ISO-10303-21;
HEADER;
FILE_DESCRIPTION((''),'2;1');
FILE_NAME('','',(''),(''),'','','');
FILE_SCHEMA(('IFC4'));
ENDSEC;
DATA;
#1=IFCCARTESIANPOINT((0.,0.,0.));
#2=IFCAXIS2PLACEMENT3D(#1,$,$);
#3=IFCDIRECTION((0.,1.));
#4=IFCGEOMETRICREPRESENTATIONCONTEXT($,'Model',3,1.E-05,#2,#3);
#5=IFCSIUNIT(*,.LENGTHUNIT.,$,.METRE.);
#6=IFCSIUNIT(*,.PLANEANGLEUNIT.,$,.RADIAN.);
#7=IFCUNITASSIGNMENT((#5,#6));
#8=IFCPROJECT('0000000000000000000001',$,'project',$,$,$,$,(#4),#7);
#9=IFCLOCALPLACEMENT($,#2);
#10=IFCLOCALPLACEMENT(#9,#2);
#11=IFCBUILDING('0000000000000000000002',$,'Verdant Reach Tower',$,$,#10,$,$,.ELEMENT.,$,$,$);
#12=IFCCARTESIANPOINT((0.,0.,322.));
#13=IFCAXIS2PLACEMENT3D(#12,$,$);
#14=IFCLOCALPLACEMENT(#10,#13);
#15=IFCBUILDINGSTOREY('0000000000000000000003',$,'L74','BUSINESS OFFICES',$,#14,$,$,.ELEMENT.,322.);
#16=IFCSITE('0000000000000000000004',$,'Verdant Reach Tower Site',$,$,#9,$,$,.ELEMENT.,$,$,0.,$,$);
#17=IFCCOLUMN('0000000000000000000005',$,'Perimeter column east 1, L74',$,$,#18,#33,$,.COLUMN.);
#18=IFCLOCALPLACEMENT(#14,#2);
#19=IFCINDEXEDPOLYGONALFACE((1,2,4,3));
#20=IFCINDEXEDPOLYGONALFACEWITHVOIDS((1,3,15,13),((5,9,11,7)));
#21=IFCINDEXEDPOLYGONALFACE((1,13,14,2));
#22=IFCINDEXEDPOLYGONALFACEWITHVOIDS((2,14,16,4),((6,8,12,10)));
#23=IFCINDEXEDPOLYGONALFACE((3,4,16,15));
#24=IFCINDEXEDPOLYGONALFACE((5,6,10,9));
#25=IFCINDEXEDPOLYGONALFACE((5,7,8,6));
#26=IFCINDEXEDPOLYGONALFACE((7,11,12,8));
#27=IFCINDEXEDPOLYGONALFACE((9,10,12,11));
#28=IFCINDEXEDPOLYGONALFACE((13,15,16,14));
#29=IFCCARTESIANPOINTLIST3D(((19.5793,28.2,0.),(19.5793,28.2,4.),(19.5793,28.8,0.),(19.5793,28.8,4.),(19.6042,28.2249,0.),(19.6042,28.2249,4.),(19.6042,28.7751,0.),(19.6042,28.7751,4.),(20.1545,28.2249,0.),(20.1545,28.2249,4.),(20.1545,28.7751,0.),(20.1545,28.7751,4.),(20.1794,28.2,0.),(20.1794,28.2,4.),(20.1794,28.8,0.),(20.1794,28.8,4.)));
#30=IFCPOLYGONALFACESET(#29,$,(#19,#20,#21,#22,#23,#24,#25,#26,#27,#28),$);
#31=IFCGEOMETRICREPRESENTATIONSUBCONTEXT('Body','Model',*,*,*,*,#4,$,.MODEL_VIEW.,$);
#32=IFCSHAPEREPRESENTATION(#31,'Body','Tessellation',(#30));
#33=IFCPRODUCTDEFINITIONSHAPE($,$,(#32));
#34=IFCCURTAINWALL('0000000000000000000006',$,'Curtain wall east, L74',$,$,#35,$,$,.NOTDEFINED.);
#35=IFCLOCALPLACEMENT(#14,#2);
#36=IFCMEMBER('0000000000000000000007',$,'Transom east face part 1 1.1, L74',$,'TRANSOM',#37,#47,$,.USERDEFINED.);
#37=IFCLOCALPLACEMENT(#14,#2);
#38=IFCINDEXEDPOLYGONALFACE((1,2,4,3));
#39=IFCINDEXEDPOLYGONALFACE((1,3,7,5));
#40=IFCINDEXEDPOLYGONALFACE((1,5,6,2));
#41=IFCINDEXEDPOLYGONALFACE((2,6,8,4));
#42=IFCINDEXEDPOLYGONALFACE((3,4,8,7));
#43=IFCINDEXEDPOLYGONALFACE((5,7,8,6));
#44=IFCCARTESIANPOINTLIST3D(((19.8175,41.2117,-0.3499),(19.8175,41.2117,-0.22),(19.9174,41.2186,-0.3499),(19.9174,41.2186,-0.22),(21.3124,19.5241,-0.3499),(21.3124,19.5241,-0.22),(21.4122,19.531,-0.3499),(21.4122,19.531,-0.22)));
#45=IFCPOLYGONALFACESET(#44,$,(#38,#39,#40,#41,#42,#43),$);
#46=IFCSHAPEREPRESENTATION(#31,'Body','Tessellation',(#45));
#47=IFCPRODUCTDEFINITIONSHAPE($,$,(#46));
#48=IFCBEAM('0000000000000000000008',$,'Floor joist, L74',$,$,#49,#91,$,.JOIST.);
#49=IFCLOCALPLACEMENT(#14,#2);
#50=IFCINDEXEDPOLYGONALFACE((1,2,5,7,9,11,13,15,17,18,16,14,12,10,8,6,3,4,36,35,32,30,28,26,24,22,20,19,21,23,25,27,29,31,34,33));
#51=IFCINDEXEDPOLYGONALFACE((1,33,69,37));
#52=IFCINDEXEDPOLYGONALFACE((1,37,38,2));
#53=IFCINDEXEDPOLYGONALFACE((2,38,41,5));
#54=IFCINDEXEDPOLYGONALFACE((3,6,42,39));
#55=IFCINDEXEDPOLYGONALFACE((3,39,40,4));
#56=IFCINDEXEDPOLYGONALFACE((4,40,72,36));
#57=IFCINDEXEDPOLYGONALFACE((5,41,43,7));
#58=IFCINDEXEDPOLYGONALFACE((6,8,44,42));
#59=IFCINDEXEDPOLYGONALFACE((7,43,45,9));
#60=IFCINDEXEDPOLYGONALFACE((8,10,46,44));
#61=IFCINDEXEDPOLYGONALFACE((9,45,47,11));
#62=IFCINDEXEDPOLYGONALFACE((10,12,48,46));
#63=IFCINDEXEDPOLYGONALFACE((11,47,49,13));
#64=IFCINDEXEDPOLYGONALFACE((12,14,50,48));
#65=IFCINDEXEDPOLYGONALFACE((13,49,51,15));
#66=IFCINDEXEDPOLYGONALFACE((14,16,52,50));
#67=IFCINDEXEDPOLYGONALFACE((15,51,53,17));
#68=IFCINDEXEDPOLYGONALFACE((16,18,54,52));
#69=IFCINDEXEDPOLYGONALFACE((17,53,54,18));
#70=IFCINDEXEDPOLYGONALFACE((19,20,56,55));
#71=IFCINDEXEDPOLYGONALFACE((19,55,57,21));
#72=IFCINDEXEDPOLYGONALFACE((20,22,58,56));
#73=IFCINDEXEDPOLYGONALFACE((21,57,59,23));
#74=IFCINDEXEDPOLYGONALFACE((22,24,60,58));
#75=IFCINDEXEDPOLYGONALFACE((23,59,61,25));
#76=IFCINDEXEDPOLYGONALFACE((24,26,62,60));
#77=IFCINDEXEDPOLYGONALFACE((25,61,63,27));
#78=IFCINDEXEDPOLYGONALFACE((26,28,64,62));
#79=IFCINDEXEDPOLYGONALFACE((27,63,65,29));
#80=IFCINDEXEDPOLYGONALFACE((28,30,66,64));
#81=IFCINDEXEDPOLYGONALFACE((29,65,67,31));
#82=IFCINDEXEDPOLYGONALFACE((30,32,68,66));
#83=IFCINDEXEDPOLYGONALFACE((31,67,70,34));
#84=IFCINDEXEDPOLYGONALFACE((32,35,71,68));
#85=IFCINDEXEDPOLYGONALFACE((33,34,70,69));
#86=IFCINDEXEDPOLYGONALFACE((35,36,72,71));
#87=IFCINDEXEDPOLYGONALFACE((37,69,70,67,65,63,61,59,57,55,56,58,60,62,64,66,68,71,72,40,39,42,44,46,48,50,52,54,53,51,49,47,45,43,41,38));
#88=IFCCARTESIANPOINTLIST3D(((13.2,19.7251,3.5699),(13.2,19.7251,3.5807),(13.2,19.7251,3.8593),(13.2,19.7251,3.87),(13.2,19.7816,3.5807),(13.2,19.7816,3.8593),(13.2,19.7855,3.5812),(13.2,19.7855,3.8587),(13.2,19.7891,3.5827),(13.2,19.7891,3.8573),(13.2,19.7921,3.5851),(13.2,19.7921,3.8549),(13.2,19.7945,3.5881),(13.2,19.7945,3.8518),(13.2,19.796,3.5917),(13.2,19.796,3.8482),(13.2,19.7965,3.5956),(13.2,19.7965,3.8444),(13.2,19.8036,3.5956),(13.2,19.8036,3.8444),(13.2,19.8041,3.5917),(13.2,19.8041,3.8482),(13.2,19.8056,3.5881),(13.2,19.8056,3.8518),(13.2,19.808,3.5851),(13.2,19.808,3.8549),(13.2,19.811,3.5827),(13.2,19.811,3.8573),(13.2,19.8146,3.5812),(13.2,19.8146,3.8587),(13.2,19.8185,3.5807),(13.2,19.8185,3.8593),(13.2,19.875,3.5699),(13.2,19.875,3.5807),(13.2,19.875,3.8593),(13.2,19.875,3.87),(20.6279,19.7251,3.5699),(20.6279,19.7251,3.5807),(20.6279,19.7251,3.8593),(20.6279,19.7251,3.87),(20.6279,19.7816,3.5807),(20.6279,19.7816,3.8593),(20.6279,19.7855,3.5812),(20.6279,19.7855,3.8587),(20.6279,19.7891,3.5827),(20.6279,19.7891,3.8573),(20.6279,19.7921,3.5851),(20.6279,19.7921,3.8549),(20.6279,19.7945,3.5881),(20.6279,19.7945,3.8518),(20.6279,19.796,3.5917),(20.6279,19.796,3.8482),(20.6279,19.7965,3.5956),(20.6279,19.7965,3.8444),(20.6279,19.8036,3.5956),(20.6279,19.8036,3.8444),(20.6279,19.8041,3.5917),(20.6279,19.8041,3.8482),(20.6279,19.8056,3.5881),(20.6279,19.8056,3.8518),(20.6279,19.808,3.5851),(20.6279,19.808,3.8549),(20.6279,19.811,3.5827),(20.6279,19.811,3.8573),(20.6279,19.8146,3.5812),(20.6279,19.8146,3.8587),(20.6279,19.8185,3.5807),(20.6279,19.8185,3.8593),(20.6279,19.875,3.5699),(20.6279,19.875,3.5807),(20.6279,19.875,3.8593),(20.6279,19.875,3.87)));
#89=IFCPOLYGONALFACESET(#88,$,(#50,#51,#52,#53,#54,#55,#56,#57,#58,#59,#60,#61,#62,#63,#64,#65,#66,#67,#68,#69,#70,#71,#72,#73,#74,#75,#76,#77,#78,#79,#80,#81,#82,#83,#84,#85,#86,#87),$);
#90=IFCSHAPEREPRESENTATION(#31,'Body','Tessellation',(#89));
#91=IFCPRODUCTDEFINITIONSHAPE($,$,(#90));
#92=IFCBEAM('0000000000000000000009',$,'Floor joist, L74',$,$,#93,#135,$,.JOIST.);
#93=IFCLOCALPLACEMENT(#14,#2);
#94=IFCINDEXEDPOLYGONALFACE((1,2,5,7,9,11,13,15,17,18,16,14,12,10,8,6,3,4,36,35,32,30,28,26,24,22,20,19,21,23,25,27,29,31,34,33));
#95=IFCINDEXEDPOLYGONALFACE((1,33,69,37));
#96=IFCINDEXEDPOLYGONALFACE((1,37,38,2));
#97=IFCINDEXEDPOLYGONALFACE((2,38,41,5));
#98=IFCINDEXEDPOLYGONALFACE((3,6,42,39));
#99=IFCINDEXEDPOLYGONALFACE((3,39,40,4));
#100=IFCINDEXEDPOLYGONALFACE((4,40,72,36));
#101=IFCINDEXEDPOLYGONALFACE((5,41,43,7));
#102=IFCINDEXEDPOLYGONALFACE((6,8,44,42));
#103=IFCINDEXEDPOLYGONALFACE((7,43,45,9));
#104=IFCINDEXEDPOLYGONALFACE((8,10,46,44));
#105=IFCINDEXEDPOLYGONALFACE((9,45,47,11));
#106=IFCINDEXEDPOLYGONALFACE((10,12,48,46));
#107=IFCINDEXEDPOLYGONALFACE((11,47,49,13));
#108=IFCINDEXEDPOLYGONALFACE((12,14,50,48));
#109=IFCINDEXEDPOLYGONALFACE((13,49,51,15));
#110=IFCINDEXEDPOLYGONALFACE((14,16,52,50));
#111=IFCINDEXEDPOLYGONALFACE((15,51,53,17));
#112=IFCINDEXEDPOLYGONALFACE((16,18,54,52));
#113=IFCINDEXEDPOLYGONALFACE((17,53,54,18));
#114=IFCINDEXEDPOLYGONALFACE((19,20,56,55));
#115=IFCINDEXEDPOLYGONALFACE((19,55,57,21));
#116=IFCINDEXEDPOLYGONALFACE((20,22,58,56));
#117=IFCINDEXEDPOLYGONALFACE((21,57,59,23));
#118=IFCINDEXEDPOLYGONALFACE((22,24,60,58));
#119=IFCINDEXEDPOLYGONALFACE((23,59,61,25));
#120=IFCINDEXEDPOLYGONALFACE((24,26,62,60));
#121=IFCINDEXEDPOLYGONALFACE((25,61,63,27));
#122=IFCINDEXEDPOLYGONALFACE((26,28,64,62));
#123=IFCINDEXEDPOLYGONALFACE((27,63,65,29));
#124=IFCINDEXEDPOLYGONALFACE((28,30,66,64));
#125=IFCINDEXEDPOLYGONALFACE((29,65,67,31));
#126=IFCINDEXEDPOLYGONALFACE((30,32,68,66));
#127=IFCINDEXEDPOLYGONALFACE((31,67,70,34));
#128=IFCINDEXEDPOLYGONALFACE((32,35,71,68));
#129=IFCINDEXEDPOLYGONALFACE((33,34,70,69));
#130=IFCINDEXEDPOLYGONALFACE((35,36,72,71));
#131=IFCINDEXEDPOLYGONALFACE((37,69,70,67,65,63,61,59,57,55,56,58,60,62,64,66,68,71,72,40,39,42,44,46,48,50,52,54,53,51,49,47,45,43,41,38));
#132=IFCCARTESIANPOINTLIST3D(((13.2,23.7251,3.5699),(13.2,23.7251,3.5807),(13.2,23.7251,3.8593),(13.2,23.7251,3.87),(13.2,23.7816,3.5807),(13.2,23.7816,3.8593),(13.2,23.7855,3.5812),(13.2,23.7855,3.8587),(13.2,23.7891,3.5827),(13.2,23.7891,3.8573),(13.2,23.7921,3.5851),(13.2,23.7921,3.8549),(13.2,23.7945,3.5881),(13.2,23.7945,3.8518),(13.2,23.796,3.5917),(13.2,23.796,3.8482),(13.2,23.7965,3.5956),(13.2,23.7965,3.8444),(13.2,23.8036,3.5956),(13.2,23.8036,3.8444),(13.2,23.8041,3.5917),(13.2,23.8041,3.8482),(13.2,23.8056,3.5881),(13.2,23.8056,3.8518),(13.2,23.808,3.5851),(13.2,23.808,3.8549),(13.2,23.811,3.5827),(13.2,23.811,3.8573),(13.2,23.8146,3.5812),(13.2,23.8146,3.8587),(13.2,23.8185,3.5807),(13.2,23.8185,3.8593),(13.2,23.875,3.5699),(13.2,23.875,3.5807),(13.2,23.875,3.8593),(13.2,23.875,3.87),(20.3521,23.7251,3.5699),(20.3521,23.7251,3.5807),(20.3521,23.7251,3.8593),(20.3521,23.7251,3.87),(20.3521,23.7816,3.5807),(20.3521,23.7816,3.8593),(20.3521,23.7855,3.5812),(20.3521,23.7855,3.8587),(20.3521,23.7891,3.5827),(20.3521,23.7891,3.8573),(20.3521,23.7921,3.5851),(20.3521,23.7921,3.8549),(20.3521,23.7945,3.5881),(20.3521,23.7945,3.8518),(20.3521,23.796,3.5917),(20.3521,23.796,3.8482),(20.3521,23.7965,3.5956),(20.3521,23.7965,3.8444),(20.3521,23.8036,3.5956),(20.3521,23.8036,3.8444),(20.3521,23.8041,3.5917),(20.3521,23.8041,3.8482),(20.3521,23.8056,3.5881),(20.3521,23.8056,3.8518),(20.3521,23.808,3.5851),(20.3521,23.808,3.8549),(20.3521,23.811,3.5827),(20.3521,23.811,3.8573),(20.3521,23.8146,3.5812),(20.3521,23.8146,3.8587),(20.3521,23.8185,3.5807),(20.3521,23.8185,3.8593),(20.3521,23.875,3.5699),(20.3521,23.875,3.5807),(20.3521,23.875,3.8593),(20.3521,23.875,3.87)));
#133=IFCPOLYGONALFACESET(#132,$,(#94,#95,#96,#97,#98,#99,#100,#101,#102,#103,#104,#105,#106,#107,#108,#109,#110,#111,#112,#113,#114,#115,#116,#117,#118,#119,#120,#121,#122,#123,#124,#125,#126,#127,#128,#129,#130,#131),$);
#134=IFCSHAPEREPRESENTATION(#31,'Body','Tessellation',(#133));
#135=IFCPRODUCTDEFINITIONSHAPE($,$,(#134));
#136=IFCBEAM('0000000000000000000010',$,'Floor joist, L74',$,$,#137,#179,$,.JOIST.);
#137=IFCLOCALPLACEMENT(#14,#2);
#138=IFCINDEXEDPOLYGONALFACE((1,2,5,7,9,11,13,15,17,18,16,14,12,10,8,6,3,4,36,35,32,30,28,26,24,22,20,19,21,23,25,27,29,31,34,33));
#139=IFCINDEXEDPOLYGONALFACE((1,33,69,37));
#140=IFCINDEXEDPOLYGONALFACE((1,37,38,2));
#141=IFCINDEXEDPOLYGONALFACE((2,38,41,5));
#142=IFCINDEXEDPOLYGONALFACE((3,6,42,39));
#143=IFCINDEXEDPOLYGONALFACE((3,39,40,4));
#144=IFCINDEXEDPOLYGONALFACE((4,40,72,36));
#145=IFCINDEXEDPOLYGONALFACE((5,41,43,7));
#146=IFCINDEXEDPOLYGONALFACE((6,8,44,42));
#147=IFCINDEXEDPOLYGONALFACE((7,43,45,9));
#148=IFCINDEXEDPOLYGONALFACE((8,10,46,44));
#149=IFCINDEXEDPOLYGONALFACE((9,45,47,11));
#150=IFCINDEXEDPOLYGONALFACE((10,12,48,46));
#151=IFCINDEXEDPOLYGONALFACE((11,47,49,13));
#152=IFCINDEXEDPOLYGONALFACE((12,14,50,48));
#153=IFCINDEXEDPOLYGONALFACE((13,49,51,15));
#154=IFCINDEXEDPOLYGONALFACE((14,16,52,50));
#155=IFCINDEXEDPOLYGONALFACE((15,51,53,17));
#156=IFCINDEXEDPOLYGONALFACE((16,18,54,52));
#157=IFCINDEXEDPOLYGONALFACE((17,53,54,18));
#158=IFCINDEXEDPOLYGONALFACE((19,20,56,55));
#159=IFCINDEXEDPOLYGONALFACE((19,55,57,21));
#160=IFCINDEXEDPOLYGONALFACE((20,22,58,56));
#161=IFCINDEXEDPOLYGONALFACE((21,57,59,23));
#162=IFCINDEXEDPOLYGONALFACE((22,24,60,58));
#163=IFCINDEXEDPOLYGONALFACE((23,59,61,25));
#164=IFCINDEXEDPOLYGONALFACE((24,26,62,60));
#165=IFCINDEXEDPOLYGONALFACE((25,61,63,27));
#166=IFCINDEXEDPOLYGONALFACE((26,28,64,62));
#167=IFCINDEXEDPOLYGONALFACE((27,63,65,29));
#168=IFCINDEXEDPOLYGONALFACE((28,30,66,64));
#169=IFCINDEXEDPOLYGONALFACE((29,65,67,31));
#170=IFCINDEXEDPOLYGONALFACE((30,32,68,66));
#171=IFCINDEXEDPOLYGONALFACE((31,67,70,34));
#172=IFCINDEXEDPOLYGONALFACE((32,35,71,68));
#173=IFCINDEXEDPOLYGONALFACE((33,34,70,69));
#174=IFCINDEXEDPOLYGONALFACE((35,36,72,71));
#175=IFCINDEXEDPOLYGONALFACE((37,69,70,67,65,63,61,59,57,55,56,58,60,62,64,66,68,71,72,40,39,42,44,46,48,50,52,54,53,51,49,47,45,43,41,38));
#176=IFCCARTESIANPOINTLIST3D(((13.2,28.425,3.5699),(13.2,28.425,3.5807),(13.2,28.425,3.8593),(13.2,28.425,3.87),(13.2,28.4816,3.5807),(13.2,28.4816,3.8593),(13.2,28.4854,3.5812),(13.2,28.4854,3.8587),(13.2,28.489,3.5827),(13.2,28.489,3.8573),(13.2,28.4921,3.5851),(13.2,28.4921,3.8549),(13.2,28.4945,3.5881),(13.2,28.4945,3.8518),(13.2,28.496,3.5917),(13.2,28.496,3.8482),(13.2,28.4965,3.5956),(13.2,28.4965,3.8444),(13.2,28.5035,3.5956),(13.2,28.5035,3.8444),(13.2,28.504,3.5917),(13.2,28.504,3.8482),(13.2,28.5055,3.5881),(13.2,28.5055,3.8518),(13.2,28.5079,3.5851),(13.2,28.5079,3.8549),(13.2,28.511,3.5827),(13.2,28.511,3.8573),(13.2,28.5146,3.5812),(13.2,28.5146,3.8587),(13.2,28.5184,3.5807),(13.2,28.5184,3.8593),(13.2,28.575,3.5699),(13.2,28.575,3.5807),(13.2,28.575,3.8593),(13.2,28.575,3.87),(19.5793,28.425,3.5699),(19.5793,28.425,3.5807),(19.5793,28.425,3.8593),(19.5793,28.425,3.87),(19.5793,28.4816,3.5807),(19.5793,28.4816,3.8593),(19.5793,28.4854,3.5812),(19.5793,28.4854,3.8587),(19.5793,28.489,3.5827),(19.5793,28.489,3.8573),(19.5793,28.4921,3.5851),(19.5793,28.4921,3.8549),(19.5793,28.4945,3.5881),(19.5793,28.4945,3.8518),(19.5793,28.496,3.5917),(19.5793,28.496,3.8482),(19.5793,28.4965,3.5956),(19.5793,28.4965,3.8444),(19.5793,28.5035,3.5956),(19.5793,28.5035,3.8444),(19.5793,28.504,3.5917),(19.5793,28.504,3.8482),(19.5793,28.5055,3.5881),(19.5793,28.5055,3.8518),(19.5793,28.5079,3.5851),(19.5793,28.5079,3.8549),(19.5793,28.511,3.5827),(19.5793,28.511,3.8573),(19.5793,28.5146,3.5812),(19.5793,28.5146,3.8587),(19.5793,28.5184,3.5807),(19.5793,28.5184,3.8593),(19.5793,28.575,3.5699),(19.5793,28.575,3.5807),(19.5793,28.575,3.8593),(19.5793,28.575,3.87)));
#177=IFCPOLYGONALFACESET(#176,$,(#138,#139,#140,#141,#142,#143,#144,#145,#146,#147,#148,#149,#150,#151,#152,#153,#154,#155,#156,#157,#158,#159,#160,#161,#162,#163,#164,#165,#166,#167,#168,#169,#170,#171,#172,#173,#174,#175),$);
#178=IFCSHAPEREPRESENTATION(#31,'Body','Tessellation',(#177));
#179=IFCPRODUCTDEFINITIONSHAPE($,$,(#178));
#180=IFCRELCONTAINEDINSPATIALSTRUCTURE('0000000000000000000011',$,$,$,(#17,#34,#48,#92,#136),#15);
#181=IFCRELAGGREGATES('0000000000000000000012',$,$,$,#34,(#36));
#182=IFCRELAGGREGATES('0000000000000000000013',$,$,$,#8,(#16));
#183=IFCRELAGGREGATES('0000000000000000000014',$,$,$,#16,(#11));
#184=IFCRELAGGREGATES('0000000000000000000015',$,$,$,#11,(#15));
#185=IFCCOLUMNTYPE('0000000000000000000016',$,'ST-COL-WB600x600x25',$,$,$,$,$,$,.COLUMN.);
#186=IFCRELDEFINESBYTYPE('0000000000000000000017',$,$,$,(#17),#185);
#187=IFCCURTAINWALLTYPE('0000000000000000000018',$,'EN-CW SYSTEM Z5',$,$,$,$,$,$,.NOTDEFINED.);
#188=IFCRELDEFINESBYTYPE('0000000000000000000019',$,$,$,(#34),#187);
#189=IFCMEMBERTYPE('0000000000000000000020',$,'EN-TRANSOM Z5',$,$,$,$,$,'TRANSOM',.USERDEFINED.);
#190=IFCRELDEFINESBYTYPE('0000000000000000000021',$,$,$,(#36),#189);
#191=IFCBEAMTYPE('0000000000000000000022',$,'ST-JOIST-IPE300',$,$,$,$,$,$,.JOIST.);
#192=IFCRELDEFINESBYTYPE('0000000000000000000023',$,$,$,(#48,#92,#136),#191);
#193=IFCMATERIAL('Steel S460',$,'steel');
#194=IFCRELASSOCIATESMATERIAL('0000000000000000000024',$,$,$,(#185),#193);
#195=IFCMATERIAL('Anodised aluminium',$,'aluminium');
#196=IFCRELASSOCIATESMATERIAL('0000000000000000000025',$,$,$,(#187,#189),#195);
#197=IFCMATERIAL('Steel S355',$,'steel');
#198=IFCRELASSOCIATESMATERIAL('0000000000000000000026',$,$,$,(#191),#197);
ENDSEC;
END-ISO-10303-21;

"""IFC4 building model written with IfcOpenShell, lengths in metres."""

from ifc_helpers import new_model, si_unit, direction, frame, origin, origin_2d, place, context, subcontext, project, spatial, rectangle, hollow_rectangle, i_section, extrude, material, material_profile, profile_set, type_object, element, aggregate, save


model = new_model("IFC4")

# Units and contexts
model_context = context("Model", 3, precision=1e-05, world=origin(), true_north=direction((0.0, 1.0)))
body_context = subcontext(model_context, "Body", "Model", "MODEL_VIEW")
ifc_project = project(units=[si_unit("LENGTHUNIT", "METRE"), si_unit("PLANEANGLEUNIT", "RADIAN")], contexts=[model_context])

# Site, building, storey
site_placement = place(None, origin())
site = spatial("IfcSite", under=ifc_project, at=site_placement, Name="Verdant Reach Tower Site", CompositionType="ELEMENT", RefElevation=0.0)
building_placement = place(site_placement, origin())
building = spatial("IfcBuilding", under=site, at=building_placement, Name="Verdant Reach Tower", CompositionType="ELEMENT")
storey_placement = place(building_placement, frame((0.0, 0.0, 322.0)))
storey = spatial("IfcBuildingStorey", under=building, at=storey_placement, Name="L74", Description="BUSINESS OFFICES", CompositionType="ELEMENT", Elevation=322.0)

# Column
ifc_material_1 = material(Name="Steel S460", Category="steel")
ifc_material_profile_1 = material_profile(ifc_material_1, hollow_rectangle(XDim=0.6001, YDim=0.6001, WallThickness=0.0249, at=origin_2d()), Name="WB 600x600x25")
ifc_profile_set_1 = profile_set([ifc_material_profile_1], Name="Steel S460")
column_type = type_object("IfcColumnType", Name="ST-COL-WB600x600x25", PredefinedType="COLUMN", material=ifc_profile_set_1)
column_placement = place(storey_placement, frame((19.8794, 28.5, 0.0), z_axis=(0.0, 0.0, 1.0), x_axis=(1.0, 0.0, 0.0)))
element("IfcColumn", 1, at=column_placement, inside=storey, type_object=column_type, Name="Perimeter column east 1, L74", PredefinedType="COLUMN", context=body_context, shape_type="SweptSolid", body=[
    extrude(hollow_rectangle(XDim=0.6001, YDim=0.6001, WallThickness=0.0249, at=origin_2d()), origin(), (0.0, 0.0, 1.0), 4.0),
])

# Curtain wall, member
ifc_material_2 = material(Name="Anodised aluminium", Category="aluminium")
curtain_wall_type = type_object("IfcCurtainWallType", Name="EN-CW SYSTEM Z5", PredefinedType="NOTDEFINED", material=ifc_material_2)
curtain_wall_placement = place(storey_placement, origin())
curtain_wall = element("IfcCurtainWall", 2, at=curtain_wall_placement, inside=storey, type_object=curtain_wall_type, Name="Curtain wall east, L74", PredefinedType="NOTDEFINED")
ifc_material_profile_2 = material_profile(ifc_material_2, rectangle(XDim=0.1001, YDim=0.1299, at=origin_2d()), Name="Transom 130x100")
ifc_profile_set_2 = profile_set([ifc_material_profile_2], Name="Anodised aluminium")
member_type = type_object("IfcMemberType", Name="EN-TRANSOM Z5", ElementType="TRANSOM", PredefinedType="USERDEFINED", material=ifc_profile_set_2)
member_placement = place(storey_placement, frame((21.3623, 19.5276, -0.2849), z_axis=(-0.068765, 0.997633, 0.0), x_axis=(-0.997633, -0.068765, 0.0)))
member = element("IfcMember", 3, at=member_placement, type_object=member_type, Name="Transom east face part 1 1.1, L74", ObjectType="TRANSOM", PredefinedType="USERDEFINED", context=body_context, shape_type="SweptSolid", body=[
    extrude(rectangle(XDim=0.1001, YDim=0.1299, at=origin_2d()), origin(), (0.0, 0.0, 1.0), 21.739),
])

# Beams
ifc_material_3 = material(Name="Steel S355", Category="steel")
ifc_material_profile_3 = material_profile(ifc_material_3, i_section(OverallWidth=0.1499, OverallDepth=0.3, WebThickness=0.0071, FlangeThickness=0.0107, FilletRadius=0.0149, at=origin_2d()), Name="IPE 300")
ifc_profile_set_3 = profile_set([ifc_material_profile_3], Name="Steel S355")
beam_type_1 = type_object("IfcBeamType", Name="ST-JOIST-IPE300", PredefinedType="JOIST", material=ifc_profile_set_3)
beam_1_placement = place(storey_placement, frame((13.2, 19.8, 3.72), z_axis=(1.0, 0.0, 0.0), x_axis=(0.0, 1.0, 0.0)))
element("IfcBeam", 4, at=beam_1_placement, inside=storey, type_object=beam_type_1, Name="Floor joist, L74", PredefinedType="JOIST", context=body_context, shape_type="SweptSolid", body=[
    extrude(i_section(OverallWidth=0.1499, OverallDepth=0.3, WebThickness=0.0071, FlangeThickness=0.0107, FilletRadius=0.0149, at=origin_2d()), origin(), (0.0, 0.0, 1.0), 7.428),
])
beam_2_placement = place(storey_placement, frame((13.2, 23.8, 3.72), z_axis=(1.0, 0.0, 0.0), x_axis=(0.0, 1.0, 0.0)))
element("IfcBeam", 5, at=beam_2_placement, inside=storey, type_object=beam_type_1, Name="Floor joist, L74", PredefinedType="JOIST", context=body_context, shape_type="SweptSolid", body=[
    extrude(i_section(OverallWidth=0.1499, OverallDepth=0.3, WebThickness=0.0071, FlangeThickness=0.0107, FilletRadius=0.0149, at=origin_2d()), origin(), (0.0, 0.0, 1.0), 7.1521),
])
beam_3_placement = place(storey_placement, frame((13.2, 28.5, 3.72), z_axis=(1.0, 0.0, 0.0), x_axis=(0.0, 1.0, 0.0)))
element("IfcBeam", 6, at=beam_3_placement, inside=storey, type_object=beam_type_1, Name="Floor joist, L74", PredefinedType="JOIST", context=body_context, shape_type="SweptSolid", body=[
    extrude(i_section(OverallWidth=0.1499, OverallDepth=0.3, WebThickness=0.0071, FlangeThickness=0.0107, FilletRadius=0.0149, at=origin_2d()), origin(), (0.0, 0.0, 1.0), 6.3794),
])

aggregate(curtain_wall, [member])

save(model, "model.ifc")
